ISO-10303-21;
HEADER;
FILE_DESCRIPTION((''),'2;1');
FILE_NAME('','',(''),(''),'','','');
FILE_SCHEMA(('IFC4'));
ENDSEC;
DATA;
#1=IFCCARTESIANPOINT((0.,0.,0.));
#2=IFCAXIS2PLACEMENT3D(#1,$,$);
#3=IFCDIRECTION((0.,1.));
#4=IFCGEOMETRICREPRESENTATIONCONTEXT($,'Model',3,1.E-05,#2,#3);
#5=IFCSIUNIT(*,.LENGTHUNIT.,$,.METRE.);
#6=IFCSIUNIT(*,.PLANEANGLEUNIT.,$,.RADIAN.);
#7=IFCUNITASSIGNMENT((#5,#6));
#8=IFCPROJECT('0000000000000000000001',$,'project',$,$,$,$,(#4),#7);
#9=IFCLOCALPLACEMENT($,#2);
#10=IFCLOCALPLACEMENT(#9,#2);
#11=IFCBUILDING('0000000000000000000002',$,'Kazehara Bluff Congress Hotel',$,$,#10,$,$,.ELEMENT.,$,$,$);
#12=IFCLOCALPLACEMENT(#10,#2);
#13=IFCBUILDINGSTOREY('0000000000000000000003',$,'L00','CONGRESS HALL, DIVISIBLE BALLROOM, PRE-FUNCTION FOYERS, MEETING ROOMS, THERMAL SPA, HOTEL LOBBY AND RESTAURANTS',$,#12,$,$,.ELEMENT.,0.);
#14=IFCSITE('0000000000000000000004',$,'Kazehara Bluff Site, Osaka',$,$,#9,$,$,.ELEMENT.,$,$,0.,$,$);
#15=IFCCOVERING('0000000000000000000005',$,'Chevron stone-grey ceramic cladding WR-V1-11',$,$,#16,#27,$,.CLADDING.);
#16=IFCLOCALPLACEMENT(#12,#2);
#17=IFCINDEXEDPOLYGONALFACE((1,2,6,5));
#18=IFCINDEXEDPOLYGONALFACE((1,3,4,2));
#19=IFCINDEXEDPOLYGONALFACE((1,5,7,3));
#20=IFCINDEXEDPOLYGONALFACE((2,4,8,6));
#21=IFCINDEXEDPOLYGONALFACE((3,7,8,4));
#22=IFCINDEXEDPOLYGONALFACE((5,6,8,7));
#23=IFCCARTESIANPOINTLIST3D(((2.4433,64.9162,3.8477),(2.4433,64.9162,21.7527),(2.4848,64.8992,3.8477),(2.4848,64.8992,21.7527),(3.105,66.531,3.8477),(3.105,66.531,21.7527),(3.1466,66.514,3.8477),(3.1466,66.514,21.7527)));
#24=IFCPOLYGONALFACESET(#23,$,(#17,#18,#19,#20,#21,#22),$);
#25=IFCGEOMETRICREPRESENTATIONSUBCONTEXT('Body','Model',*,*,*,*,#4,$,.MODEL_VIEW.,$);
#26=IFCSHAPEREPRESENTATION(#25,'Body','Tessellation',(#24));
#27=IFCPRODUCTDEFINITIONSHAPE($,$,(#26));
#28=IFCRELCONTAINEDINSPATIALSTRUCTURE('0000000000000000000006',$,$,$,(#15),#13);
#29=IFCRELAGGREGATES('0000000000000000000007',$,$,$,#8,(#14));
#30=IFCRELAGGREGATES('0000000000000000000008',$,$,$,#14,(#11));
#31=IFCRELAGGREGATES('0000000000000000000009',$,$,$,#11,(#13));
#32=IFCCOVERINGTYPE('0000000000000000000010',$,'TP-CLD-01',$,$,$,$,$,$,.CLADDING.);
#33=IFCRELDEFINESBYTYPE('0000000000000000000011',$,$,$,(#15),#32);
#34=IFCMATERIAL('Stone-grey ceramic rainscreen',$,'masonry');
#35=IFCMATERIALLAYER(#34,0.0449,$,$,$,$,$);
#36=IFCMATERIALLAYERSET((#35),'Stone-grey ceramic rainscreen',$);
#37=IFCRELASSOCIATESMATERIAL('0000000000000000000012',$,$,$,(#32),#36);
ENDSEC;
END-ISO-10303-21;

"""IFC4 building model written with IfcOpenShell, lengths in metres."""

from ifc_helpers import new_model, si_unit, direction, frame, origin, origin_2d, place, context, subcontext, project, spatial, rectangle, extrude, material, layer, layer_set, type_object, element, save


model = new_model("IFC4")

# Units and contexts
model_context = context("Model", 3, precision=1e-05, world=origin(), true_north=direction((0.0, 1.0)))
body_context = subcontext(model_context, "Body", "Model", "MODEL_VIEW")
ifc_project = project(units=[si_unit("LENGTHUNIT", "METRE"), si_unit("PLANEANGLEUNIT", "RADIAN")], contexts=[model_context])

# Site, building, storey
site_placement = place(None, origin())
site = spatial("IfcSite", under=ifc_project, at=site_placement, Name="Kazehara Bluff Site, Osaka", CompositionType="ELEMENT", RefElevation=0.0)
building_placement = place(site_placement, origin())
building = spatial("IfcBuilding", under=site, at=building_placement, Name="Kazehara Bluff Congress Hotel", CompositionType="ELEMENT")
storey_placement = place(building_placement, origin())
storey = spatial("IfcBuildingStorey", under=building, at=storey_placement, Name="L00", Description="CONGRESS HALL, DIVISIBLE BALLROOM, PRE-FUNCTION FOYERS, MEETING ROOMS, THERMAL SPA, HOTEL LOBBY AND RESTAURANTS", CompositionType="ELEMENT", Elevation=0.0)

# Covering
ifc_material_1 = material(Name="Stone-grey ceramic rainscreen", Category="masonry")
ifc_layer_1 = layer(ifc_material_1, 0.0449)
ifc_layer_set_1 = layer_set([ifc_layer_1], Name="Stone-grey ceramic rainscreen")
covering_type_1 = type_object("IfcCoveringType", Name="TP-CLD-01", PredefinedType="CLADDING", material=ifc_layer_set_1)
covering_1_placement = place(storey_placement, frame((2.7949, 65.7151, 3.8477), z_axis=(0.0, 0.0, 1.0), x_axis=(0.379183, 0.925322, 0.0)))
element("IfcCovering", 1, at=covering_1_placement, inside=storey, type_object=covering_type_1, Name="Chevron stone-grey ceramic cladding WR-V1-11", PredefinedType="CLADDING", context=body_context, shape_type="SweptSolid", body=[
    extrude(rectangle(XDim=1.7451, YDim=0.0449, at=origin_2d()), origin(), (0.0, 0.0, 1.0), 17.905),
])

save(model, "model.ifc")
